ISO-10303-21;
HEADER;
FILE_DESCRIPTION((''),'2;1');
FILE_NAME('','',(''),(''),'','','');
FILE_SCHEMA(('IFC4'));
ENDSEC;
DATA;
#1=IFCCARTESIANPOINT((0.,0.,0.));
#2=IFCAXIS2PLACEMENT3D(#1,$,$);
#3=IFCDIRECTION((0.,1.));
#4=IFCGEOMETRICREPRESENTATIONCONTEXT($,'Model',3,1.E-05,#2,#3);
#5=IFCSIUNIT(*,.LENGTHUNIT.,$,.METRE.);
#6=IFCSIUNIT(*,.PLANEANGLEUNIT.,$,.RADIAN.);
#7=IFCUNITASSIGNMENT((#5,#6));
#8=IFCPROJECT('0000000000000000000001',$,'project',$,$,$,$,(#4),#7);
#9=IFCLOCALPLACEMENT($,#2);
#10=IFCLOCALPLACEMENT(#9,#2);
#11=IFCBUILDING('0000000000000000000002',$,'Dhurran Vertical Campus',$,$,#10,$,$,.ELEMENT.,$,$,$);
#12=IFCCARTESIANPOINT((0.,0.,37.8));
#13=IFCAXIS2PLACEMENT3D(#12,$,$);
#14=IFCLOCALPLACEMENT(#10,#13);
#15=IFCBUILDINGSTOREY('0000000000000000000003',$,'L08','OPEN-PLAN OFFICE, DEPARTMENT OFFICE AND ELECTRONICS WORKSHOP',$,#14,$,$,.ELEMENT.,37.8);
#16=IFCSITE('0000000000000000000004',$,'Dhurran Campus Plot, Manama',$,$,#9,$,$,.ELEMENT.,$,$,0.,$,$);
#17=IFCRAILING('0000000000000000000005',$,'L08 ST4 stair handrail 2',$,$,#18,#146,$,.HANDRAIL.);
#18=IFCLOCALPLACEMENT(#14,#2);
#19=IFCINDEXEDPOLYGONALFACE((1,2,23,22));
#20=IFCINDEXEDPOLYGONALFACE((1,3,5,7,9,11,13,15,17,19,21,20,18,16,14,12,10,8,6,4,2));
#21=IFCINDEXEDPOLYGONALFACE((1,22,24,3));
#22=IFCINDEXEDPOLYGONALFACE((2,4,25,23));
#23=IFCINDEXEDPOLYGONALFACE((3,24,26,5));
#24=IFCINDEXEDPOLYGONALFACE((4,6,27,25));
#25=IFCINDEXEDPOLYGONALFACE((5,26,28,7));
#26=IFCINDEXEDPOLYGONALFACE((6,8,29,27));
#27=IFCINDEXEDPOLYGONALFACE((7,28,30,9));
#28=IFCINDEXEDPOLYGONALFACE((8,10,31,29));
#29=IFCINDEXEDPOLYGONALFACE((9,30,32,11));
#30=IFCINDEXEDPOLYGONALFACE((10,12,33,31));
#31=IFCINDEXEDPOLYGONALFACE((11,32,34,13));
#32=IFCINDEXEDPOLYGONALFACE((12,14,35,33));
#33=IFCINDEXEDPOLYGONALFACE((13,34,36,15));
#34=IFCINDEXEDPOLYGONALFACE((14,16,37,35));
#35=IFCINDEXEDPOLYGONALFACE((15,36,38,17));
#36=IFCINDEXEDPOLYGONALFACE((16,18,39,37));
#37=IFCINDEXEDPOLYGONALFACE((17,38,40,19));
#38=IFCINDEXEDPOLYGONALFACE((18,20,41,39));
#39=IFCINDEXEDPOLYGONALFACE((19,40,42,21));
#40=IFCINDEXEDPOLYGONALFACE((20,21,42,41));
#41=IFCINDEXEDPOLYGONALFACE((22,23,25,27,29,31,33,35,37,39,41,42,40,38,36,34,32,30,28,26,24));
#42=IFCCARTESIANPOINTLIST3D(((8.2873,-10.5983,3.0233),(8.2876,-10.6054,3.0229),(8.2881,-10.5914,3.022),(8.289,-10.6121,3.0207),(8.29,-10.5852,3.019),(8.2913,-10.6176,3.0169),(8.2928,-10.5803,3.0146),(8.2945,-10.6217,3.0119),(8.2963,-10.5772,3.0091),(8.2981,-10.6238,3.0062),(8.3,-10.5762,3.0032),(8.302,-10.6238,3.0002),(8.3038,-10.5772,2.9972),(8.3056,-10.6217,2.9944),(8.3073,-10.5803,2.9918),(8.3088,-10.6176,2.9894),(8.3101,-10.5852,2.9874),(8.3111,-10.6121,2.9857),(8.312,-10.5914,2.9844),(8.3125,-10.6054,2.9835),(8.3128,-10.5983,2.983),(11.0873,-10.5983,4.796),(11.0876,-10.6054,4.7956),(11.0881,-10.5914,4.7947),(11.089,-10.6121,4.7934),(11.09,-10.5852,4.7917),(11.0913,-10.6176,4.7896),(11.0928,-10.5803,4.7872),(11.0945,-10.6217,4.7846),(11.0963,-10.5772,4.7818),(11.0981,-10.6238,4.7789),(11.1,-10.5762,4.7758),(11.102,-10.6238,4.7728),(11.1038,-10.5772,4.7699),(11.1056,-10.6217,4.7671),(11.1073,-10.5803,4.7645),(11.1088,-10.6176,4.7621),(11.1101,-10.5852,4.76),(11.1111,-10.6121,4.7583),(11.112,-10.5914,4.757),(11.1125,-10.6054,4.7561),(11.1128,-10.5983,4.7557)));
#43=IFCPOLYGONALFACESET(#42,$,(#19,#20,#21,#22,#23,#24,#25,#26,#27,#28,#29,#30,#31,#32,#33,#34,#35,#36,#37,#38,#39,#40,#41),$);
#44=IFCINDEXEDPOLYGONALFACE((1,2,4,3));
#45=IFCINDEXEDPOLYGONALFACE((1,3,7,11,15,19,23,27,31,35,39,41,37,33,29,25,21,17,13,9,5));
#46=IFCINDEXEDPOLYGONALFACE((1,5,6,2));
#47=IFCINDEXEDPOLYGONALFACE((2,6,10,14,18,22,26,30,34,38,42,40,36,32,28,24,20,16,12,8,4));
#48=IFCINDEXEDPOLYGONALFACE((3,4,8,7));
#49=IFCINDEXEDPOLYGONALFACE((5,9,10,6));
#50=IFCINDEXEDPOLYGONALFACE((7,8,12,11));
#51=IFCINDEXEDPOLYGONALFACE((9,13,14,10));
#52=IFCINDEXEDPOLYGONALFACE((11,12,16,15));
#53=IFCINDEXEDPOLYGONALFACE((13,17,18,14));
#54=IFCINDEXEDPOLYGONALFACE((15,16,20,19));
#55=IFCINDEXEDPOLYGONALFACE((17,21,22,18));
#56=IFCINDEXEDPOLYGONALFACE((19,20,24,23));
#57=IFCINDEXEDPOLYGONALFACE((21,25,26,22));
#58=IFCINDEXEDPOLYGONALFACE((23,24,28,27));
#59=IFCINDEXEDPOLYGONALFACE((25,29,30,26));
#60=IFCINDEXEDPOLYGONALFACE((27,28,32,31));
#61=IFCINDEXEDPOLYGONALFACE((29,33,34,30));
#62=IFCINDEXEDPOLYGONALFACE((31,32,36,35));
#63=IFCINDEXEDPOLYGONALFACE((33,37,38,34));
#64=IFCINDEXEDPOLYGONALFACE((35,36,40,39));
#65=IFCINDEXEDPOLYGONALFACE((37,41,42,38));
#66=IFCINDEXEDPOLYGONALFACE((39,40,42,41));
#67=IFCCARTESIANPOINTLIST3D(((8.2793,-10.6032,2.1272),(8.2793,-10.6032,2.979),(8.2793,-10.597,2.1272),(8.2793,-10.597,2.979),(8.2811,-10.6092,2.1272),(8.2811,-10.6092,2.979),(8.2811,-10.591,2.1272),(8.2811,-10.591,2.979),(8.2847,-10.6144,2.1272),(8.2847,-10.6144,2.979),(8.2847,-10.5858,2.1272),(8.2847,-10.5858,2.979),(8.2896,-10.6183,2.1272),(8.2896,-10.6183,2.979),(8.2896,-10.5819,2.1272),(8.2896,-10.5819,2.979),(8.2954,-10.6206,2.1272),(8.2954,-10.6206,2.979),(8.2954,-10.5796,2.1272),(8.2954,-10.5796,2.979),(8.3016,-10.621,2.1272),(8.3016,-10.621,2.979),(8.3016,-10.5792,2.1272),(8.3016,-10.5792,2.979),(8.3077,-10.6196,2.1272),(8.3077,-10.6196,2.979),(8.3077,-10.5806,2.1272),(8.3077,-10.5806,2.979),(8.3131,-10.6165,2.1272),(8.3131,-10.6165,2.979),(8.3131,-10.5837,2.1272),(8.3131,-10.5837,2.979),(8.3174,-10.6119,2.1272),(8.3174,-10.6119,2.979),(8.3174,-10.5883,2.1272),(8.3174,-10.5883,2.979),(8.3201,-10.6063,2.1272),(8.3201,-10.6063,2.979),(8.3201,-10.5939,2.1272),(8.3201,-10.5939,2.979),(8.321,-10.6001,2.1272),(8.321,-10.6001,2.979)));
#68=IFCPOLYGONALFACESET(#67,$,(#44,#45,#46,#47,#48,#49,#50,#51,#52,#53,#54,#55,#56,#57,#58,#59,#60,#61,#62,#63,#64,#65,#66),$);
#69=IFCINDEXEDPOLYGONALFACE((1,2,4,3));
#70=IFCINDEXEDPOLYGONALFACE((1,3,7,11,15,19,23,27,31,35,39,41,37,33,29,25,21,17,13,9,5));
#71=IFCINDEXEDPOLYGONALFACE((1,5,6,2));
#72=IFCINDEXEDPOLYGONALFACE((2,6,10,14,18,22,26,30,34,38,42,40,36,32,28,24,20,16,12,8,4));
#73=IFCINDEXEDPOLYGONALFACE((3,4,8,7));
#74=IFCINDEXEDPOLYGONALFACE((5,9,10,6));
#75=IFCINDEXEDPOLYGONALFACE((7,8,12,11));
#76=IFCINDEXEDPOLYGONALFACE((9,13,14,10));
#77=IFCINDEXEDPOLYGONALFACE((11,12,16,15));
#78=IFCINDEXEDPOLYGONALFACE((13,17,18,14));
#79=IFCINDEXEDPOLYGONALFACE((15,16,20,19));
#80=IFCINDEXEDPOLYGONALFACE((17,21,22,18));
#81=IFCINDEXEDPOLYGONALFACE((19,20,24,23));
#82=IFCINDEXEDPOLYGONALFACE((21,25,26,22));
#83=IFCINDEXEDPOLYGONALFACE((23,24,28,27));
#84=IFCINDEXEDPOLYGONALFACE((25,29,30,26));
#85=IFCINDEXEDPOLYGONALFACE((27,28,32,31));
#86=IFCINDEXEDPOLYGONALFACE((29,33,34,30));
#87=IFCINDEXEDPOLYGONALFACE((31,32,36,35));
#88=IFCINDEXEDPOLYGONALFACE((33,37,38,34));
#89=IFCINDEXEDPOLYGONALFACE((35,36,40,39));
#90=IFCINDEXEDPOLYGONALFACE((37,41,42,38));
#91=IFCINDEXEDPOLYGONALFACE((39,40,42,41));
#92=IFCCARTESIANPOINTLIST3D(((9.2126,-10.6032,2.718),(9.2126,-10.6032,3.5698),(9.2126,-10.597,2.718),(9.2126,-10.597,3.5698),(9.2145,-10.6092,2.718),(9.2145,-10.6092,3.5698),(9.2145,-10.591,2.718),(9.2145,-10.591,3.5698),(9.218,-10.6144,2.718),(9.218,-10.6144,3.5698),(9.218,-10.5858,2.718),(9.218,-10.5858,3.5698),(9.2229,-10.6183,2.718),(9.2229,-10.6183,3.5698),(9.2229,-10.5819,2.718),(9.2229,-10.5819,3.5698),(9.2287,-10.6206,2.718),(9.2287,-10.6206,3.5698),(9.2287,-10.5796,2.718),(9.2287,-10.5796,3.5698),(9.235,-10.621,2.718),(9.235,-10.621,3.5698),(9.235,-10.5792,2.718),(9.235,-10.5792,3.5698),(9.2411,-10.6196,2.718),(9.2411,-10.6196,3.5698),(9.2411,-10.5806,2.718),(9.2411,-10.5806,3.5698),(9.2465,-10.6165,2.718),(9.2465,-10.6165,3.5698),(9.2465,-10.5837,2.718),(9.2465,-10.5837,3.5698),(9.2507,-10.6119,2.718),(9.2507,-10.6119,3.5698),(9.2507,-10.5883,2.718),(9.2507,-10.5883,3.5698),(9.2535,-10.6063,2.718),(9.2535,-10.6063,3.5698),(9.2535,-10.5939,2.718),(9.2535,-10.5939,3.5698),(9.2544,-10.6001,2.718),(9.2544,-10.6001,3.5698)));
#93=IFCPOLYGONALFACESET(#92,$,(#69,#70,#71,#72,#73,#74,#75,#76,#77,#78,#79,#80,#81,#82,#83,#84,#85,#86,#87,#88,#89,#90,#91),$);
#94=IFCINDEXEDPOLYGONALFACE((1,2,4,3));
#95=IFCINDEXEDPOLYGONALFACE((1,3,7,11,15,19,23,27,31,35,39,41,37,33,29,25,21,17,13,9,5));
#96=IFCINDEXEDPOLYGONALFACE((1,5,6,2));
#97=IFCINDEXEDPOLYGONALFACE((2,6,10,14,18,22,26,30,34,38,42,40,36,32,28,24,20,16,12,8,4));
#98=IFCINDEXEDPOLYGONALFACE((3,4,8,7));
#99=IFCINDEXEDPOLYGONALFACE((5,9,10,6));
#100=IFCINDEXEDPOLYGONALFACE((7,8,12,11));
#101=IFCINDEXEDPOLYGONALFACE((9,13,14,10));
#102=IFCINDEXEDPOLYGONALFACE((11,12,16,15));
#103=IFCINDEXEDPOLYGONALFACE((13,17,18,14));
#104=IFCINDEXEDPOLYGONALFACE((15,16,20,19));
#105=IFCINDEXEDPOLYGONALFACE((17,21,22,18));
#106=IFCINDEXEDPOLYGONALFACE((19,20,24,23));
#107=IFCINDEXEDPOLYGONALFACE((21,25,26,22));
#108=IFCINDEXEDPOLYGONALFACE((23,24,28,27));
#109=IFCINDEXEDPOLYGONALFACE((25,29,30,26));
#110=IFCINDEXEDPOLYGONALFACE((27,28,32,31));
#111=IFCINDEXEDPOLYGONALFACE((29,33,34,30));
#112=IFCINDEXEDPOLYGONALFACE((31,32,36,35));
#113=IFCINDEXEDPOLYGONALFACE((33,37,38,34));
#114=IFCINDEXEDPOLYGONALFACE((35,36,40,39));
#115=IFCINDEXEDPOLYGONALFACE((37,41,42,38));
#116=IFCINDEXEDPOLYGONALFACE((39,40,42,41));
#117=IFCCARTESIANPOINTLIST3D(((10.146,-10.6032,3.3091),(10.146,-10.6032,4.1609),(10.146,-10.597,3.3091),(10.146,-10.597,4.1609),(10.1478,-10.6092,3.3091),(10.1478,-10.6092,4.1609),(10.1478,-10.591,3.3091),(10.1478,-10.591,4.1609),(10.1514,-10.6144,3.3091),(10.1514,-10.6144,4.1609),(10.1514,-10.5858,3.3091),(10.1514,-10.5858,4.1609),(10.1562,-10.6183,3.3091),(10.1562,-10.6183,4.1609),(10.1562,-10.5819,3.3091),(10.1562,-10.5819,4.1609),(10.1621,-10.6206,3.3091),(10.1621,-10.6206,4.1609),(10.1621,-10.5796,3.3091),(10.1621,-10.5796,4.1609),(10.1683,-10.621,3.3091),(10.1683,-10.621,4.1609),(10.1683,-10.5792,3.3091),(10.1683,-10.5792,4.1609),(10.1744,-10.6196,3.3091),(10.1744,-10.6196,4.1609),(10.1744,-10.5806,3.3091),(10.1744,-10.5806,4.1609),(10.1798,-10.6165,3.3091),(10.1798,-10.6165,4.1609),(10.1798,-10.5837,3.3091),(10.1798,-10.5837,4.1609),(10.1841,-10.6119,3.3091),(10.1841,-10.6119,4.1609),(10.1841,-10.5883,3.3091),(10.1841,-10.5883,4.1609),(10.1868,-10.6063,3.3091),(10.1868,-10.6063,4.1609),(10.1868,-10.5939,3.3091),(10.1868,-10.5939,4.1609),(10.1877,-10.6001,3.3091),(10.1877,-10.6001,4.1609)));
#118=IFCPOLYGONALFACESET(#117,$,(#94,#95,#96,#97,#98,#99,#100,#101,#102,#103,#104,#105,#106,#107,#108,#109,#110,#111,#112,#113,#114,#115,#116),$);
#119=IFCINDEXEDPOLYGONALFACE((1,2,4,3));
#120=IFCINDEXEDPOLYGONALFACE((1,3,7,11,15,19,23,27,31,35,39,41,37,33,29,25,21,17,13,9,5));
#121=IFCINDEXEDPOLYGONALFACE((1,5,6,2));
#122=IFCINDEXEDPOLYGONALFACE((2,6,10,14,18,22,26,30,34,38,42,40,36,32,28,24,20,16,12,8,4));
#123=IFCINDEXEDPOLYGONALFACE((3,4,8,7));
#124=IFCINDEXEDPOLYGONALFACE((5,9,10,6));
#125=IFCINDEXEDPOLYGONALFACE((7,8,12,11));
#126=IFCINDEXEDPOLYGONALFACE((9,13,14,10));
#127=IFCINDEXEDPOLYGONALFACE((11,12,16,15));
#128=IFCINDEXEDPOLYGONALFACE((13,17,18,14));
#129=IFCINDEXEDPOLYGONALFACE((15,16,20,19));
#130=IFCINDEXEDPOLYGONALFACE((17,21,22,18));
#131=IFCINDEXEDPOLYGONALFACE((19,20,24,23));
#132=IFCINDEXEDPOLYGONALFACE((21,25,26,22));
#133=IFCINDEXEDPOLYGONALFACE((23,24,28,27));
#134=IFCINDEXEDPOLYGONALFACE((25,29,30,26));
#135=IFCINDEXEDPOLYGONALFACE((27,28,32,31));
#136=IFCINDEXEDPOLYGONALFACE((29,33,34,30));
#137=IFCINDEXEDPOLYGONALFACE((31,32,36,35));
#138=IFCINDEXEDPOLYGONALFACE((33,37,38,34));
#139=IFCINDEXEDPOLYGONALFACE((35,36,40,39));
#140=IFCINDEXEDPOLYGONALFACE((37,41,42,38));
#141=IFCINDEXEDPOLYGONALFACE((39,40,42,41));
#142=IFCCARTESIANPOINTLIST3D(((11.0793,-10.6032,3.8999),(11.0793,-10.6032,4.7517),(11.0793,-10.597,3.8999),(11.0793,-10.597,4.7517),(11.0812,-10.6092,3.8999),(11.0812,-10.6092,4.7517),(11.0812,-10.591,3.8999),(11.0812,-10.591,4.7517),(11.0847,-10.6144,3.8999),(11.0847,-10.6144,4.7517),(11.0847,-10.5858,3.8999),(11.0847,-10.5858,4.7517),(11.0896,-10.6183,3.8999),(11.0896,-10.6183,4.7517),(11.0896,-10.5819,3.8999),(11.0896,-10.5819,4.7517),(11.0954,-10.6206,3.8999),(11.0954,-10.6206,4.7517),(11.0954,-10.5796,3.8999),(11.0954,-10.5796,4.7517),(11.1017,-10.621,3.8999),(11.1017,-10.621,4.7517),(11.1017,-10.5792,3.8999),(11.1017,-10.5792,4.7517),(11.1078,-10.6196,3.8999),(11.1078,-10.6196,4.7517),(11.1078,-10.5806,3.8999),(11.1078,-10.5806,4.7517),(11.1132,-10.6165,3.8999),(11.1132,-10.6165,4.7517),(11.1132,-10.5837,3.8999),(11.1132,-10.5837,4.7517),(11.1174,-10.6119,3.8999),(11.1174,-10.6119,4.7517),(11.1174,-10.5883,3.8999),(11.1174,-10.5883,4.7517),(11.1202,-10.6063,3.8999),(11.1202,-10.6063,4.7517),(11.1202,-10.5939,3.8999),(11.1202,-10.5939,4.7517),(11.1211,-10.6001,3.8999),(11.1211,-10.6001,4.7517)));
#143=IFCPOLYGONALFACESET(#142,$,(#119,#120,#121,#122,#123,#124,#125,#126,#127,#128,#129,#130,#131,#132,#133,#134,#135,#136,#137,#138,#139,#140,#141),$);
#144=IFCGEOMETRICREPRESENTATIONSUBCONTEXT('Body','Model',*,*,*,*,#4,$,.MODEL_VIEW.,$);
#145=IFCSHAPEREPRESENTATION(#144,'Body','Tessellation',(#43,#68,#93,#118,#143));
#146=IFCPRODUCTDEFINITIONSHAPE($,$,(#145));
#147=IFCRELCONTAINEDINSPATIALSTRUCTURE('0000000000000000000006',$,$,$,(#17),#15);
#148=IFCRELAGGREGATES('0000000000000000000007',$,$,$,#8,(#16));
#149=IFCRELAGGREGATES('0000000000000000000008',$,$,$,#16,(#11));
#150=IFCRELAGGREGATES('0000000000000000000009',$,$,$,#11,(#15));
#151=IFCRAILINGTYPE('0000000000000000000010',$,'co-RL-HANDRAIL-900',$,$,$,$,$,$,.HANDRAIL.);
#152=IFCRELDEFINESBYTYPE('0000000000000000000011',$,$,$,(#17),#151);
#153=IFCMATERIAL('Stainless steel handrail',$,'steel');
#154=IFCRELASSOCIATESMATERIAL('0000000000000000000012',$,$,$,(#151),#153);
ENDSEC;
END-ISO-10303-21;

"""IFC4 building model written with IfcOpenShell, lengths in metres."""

from ifc_helpers import new_model, si_unit, direction, frame, origin, origin_2d, place, context, subcontext, project, spatial, circle, extrude, material, type_object, element, save


model = new_model("IFC4")

# Units and contexts
model_context = context("Model", 3, precision=1e-05, world=origin(), true_north=direction((0.0, 1.0)))
body_context = subcontext(model_context, "Body", "Model", "MODEL_VIEW")
ifc_project = project(units=[si_unit("LENGTHUNIT", "METRE"), si_unit("PLANEANGLEUNIT", "RADIAN")], contexts=[model_context])

# Site, building, storey
site_placement = place(None, origin())
site = spatial("IfcSite", under=ifc_project, at=site_placement, Name="Dhurran Campus Plot, Manama", CompositionType="ELEMENT", RefElevation=0.0)
building_placement = place(site_placement, origin())
building = spatial("IfcBuilding", under=site, at=building_placement, Name="Dhurran Vertical Campus", CompositionType="ELEMENT")
storey_placement = place(building_placement, frame((0.0, 0.0, 37.8)))
storey = spatial("IfcBuildingStorey", under=building, at=storey_placement, Name="L08", Description="OPEN-PLAN OFFICE, DEPARTMENT OFFICE AND ELECTRONICS WORKSHOP", CompositionType="ELEMENT", Elevation=37.8)

# Railing
ifc_material_1 = material(Name="Stainless steel handrail", Category="steel")
railing_type_1 = type_object("IfcRailingType", Name="co-RL-HANDRAIL-900", PredefinedType="HANDRAIL", material=ifc_material_1)
railing_1_placement = place(storey_placement, frame((8.3, -10.6001, 2.1272)))
element("IfcRailing", 1, at=railing_1_placement, inside=storey, type_object=railing_type_1, Name="L08 ST4 stair handrail 2", PredefinedType="HANDRAIL", context=body_context, shape_type="SweptSolid", body=[
    extrude(circle(Radius=0.0239, at=origin_2d()), frame((0.0, 0.0, 0.876), z_axis=(0.844909, 0.0, 0.53491), x_axis=(0.0, 1.0, 0.0)), (0.0, 0.0, 1.0), 3.314),
    extrude(circle(Radius=0.021, at=origin_2d()), origin(), (0.0, 0.0, 1.0), 0.8518),
    extrude(circle(Radius=0.021, at=origin_2d()), frame((0.9333, 0.0, 0.5908)), (0.0, 0.0, 1.0), 0.8518),
    extrude(circle(Radius=0.021, at=origin_2d()), frame((1.8667, 0.0, 1.1819)), (0.0, 0.0, 1.0), 0.8518),
    extrude(circle(Radius=0.021, at=origin_2d()), frame((2.8, 0.0, 1.7727)), (0.0, 0.0, 1.0), 0.8518),
])

save(model, "model.ifc")
